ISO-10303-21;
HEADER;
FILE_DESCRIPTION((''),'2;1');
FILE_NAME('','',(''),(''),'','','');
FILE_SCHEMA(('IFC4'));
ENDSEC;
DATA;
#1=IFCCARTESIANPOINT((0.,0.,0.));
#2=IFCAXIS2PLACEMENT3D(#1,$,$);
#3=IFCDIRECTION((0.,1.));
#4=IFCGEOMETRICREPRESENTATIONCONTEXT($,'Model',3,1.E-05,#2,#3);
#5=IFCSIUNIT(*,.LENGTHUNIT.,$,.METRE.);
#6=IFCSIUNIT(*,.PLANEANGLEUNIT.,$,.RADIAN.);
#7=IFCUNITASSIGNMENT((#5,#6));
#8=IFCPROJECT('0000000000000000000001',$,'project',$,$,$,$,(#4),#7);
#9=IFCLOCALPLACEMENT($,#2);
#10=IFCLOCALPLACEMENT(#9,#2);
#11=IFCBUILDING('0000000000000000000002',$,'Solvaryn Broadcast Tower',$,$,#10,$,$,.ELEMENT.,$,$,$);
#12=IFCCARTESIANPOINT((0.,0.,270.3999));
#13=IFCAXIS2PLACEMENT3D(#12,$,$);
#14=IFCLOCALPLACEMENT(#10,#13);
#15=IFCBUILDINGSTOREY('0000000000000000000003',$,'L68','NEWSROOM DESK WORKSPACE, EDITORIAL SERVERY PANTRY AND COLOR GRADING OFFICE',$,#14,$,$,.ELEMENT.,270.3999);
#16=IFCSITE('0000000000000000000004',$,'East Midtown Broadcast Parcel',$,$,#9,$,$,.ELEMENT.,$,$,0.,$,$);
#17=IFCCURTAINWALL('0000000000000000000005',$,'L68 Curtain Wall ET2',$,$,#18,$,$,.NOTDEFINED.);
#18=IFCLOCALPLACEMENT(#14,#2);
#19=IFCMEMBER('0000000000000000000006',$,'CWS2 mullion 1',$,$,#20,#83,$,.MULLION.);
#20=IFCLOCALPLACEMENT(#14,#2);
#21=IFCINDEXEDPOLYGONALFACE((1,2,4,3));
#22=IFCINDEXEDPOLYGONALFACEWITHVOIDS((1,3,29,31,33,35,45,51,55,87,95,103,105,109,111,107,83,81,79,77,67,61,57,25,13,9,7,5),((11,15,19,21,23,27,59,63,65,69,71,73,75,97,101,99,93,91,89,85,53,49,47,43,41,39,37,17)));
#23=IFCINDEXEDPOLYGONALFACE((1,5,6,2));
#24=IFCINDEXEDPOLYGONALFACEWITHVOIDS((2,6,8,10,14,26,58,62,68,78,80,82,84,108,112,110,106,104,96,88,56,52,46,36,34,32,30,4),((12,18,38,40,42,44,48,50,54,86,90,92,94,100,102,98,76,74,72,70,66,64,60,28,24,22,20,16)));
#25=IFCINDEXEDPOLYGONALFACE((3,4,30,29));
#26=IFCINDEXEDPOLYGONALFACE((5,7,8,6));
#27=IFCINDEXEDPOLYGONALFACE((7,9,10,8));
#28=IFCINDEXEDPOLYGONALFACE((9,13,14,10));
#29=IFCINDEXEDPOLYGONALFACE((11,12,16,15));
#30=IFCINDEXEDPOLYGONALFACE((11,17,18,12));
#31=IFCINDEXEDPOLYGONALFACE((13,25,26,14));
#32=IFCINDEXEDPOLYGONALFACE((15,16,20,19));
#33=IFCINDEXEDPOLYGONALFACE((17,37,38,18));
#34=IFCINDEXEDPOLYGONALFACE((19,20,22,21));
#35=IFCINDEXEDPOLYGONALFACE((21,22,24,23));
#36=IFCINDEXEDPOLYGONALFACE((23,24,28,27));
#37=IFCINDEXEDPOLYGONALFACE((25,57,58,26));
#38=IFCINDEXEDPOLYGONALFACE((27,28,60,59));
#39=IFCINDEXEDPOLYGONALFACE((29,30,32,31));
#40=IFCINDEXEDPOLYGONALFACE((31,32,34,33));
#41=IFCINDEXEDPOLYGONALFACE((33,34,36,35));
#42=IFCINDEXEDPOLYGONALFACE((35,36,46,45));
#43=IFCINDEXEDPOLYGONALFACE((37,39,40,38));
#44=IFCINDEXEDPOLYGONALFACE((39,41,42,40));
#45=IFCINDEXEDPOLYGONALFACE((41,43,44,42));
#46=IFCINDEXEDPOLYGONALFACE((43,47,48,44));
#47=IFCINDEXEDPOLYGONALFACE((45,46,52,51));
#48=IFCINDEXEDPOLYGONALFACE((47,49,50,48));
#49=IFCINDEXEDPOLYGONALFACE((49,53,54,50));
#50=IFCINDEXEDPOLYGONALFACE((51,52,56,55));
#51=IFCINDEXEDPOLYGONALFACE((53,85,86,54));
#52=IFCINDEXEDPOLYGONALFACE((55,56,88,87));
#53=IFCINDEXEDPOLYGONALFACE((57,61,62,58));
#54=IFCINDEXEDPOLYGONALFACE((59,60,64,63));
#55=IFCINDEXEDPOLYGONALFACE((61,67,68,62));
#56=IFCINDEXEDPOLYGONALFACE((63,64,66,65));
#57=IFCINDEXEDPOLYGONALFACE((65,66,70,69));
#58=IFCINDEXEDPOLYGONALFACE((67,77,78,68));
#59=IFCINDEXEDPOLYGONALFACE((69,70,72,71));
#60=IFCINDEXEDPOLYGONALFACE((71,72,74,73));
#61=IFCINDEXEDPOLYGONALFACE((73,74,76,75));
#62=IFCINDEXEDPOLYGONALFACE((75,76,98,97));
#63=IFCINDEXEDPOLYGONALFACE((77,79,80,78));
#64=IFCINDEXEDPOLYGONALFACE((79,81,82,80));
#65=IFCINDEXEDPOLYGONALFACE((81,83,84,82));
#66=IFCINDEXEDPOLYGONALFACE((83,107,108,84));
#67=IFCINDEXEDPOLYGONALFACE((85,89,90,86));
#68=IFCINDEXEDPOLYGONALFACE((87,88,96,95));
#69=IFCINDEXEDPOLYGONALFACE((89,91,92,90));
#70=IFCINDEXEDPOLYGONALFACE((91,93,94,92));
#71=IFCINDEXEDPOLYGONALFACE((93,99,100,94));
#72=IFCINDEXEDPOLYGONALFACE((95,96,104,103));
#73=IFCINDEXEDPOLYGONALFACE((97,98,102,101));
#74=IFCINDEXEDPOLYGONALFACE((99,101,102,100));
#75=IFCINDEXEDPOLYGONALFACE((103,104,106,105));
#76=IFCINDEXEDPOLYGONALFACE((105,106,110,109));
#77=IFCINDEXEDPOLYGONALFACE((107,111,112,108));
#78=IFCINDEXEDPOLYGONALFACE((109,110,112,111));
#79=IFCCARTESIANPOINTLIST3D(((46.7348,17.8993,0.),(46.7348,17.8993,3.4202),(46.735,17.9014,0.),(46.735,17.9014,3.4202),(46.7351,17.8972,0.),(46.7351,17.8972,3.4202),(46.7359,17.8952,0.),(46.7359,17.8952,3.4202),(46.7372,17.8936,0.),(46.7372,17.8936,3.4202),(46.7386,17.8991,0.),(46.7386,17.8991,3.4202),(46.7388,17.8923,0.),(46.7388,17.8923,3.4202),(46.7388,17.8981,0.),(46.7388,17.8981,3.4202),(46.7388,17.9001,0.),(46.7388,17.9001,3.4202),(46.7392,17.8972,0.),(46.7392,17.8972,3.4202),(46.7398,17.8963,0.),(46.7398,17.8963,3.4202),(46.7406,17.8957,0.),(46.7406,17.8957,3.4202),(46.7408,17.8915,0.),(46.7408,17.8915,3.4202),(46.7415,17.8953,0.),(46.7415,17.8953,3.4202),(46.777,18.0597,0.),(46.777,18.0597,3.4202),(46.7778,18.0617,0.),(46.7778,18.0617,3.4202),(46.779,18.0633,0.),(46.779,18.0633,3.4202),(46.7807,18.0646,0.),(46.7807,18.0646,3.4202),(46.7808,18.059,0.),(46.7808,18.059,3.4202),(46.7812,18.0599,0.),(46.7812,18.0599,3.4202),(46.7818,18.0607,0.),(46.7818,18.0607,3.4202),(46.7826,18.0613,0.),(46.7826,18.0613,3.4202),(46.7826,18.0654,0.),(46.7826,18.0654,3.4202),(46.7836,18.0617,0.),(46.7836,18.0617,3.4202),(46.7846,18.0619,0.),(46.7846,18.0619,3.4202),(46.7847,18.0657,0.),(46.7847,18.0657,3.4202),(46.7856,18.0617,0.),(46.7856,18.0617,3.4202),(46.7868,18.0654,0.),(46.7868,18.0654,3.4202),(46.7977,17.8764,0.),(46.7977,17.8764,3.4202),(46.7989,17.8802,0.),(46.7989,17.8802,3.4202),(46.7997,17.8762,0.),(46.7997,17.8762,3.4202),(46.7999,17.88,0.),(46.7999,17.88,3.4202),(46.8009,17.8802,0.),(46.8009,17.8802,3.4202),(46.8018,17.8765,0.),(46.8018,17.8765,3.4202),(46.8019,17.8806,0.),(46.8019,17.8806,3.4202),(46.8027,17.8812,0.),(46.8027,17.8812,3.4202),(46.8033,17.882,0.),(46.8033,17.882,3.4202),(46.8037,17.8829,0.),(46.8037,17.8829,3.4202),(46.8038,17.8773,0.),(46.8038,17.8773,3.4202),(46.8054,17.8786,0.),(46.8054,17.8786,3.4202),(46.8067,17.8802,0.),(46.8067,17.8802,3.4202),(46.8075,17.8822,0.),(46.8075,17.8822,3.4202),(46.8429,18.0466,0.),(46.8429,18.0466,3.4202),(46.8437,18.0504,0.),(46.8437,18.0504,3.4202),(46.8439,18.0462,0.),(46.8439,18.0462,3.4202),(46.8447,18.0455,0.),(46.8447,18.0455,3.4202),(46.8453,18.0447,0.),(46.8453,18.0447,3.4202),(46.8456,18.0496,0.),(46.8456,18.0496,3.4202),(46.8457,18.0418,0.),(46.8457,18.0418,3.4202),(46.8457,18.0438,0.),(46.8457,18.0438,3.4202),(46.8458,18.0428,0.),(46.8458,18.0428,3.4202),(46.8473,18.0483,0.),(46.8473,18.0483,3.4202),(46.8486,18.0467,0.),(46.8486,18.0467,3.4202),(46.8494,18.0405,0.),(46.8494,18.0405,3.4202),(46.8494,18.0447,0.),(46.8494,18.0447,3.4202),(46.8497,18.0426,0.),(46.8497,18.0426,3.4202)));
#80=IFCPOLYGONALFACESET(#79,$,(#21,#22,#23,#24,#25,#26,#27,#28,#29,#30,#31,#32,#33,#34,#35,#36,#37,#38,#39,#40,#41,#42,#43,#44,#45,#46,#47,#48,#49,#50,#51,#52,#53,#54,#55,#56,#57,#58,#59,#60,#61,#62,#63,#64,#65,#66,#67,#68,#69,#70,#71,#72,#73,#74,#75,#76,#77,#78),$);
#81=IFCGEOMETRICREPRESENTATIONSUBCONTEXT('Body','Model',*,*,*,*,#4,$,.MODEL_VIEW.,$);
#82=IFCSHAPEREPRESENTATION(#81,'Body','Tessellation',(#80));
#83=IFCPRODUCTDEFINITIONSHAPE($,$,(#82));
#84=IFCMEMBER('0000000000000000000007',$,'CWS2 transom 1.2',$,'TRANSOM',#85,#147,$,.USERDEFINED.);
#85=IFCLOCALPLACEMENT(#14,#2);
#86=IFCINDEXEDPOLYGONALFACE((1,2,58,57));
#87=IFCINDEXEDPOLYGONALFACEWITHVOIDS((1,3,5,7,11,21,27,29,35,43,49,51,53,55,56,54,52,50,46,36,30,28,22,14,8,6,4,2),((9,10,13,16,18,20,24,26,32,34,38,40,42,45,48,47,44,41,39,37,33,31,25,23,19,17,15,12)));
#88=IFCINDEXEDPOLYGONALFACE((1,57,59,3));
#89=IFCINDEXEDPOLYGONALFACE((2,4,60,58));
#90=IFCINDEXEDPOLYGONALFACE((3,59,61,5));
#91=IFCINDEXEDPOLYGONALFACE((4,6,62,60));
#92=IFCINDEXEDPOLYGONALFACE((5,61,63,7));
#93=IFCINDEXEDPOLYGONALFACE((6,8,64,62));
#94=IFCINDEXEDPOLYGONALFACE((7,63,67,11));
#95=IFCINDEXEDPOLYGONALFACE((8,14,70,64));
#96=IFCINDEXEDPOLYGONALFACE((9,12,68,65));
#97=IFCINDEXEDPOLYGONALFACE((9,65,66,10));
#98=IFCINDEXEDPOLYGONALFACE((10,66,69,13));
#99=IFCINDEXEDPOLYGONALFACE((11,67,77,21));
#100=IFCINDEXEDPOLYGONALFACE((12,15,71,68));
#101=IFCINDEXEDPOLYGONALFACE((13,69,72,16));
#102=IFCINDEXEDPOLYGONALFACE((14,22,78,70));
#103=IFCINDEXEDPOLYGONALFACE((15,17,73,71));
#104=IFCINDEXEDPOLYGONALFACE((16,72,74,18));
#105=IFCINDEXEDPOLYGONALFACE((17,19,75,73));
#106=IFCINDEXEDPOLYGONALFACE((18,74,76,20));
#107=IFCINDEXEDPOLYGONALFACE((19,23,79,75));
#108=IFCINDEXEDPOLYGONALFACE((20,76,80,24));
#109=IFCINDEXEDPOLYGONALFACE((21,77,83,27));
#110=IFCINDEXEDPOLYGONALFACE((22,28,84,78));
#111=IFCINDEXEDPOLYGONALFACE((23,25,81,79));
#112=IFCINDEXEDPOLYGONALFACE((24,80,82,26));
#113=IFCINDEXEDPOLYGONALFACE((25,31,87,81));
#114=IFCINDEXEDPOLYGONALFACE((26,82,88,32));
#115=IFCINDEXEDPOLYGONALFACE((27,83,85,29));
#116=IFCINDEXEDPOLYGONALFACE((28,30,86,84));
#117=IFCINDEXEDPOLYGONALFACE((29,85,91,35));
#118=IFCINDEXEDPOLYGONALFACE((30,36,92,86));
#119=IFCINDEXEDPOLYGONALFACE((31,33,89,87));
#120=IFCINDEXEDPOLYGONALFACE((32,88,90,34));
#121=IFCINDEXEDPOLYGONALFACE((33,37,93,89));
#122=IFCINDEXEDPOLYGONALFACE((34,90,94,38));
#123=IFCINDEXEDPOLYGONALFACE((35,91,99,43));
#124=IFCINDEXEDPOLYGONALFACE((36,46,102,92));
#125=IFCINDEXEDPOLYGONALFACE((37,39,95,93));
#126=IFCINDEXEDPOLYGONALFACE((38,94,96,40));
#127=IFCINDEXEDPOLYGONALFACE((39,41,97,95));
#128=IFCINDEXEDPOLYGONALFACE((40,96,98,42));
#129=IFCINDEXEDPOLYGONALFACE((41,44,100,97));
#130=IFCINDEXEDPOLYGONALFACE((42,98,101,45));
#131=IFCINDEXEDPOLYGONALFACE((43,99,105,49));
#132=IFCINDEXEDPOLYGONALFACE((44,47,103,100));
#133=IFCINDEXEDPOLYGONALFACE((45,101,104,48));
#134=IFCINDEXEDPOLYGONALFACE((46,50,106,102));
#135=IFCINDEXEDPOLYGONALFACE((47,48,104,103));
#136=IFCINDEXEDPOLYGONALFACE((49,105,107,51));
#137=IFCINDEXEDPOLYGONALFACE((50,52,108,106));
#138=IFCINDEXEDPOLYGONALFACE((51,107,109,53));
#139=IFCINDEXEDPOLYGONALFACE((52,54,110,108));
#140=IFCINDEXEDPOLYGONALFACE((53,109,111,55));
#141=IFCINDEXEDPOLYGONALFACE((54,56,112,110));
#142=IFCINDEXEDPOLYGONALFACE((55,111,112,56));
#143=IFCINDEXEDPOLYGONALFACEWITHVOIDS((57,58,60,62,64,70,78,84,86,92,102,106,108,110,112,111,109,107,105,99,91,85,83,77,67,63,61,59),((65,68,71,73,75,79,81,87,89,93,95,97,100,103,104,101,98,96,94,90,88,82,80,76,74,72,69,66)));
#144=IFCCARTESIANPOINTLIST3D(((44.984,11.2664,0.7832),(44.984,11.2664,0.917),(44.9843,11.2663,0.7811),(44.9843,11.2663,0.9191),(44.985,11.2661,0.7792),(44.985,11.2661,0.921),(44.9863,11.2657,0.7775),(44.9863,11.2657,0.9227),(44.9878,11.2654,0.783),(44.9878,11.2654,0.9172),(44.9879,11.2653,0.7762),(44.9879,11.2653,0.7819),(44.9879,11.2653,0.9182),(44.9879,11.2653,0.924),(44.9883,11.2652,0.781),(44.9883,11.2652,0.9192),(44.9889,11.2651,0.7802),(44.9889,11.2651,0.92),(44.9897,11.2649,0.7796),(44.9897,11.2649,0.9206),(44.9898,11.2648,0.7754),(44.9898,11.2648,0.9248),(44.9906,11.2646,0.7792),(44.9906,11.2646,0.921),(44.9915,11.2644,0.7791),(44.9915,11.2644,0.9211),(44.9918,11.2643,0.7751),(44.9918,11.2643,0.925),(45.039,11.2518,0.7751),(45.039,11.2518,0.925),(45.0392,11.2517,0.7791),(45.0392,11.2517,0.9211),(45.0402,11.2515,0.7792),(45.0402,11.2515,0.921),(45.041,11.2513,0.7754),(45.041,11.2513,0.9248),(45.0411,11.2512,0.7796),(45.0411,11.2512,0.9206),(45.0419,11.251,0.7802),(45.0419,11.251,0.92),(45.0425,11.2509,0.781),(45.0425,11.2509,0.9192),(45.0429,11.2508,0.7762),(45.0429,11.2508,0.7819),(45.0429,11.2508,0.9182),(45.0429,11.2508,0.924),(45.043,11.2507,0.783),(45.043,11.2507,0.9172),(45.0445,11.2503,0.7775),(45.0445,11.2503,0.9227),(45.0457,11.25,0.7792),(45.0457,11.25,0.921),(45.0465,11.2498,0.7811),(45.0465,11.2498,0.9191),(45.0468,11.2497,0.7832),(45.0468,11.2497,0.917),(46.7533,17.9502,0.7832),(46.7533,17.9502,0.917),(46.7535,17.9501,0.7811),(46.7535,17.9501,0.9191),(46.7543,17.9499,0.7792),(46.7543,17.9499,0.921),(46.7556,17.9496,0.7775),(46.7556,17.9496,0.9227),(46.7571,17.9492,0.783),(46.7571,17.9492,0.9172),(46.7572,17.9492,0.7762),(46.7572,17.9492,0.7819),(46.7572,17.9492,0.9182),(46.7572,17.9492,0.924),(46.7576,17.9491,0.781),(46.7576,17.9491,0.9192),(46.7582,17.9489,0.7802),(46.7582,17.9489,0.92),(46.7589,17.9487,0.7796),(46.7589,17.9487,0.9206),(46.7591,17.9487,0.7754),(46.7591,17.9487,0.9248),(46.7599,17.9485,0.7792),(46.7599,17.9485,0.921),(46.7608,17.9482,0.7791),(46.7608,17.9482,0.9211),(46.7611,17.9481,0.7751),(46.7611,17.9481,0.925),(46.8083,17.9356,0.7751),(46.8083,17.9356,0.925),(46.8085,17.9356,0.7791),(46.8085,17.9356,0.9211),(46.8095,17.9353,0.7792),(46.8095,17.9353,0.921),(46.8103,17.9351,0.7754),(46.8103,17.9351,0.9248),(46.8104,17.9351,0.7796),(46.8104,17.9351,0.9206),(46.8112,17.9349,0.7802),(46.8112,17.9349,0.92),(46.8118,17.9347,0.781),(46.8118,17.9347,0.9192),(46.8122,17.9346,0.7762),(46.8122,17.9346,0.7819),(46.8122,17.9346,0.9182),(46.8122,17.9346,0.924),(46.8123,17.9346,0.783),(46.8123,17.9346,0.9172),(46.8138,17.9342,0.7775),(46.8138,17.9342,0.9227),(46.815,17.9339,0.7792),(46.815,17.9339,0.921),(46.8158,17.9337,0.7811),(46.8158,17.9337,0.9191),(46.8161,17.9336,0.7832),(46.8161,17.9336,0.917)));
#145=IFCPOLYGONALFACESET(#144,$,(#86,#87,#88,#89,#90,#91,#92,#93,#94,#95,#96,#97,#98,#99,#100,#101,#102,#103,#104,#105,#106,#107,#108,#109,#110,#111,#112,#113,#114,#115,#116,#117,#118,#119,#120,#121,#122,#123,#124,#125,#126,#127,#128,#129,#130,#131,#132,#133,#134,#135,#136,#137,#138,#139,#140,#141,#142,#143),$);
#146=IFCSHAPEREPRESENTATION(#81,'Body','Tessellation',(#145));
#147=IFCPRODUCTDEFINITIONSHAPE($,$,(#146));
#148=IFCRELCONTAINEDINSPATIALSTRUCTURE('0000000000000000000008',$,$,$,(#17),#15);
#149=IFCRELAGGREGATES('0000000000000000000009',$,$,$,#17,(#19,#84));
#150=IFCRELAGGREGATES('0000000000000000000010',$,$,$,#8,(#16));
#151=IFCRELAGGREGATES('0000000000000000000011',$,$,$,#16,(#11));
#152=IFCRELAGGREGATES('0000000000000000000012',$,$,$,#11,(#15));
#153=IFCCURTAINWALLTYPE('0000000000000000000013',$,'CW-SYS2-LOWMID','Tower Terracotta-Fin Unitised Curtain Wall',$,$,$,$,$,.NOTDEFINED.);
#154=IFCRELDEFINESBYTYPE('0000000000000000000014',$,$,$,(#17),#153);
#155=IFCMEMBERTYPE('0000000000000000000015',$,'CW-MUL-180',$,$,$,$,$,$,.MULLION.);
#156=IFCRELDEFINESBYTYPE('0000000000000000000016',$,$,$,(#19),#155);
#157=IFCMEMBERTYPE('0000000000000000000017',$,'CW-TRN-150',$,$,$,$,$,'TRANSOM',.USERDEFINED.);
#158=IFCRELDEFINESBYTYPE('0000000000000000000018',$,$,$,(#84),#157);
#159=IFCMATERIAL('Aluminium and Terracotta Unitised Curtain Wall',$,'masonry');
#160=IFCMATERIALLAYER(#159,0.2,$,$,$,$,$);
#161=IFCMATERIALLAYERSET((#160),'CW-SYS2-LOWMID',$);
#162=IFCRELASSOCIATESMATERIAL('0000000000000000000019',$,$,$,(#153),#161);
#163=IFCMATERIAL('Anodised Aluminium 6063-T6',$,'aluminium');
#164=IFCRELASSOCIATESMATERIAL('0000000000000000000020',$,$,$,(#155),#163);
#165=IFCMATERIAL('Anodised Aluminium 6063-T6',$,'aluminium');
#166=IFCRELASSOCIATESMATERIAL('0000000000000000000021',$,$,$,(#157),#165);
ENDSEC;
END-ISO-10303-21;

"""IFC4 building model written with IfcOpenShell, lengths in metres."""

from ifc_helpers import new_model, si_unit, direction, frame, origin, origin_2d, place, context, subcontext, project, spatial, hollow_rectangle, extrude, material, layer, layer_set, material_profile, profile_set, type_object, element, aggregate, save


model = new_model("IFC4")

# Units and contexts
model_context = context("Model", 3, precision=1e-05, world=origin(), true_north=direction((0.0, 1.0)))
body_context = subcontext(model_context, "Body", "Model", "MODEL_VIEW")
ifc_project = project(units=[si_unit("LENGTHUNIT", "METRE"), si_unit("PLANEANGLEUNIT", "RADIAN")], contexts=[model_context])

# Site, building, storey
site_placement = place(None, origin())
site = spatial("IfcSite", under=ifc_project, at=site_placement, Name="East Midtown Broadcast Parcel", CompositionType="ELEMENT", RefElevation=0.0)
building_placement = place(site_placement, origin())
building = spatial("IfcBuilding", under=site, at=building_placement, Name="Solvaryn Broadcast Tower", CompositionType="ELEMENT")
storey_placement = place(building_placement, frame((0.0, 0.0, 270.3999)))
storey = spatial("IfcBuildingStorey", under=building, at=storey_placement, Name="L68", Description="NEWSROOM DESK WORKSPACE, EDITORIAL SERVERY PANTRY AND COLOR GRADING OFFICE", CompositionType="ELEMENT", Elevation=270.3999)

# Shared definitions
ifc_material_1 = material(Name="Aluminium and Terracotta Unitised Curtain Wall", Category="masonry")
ifc_layer_1 = layer(ifc_material_1, 0.2)
ifc_layer_set_1 = layer_set([ifc_layer_1], Name="CW-SYS2-LOWMID")
curtain_wall_type = type_object("IfcCurtainWallType", Name="CW-SYS2-LOWMID", Description="Tower Terracotta-Fin Unitised Curtain Wall", PredefinedType="NOTDEFINED", material=ifc_layer_set_1)
ifc_material_2 = material(Name="Anodised Aluminium 6063-T6", Category="aluminium")
ifc_material_profile_1 = material_profile(ifc_material_2, hollow_rectangle(XDim=0.075, YDim=0.1799, WallThickness=0.0039, InnerFilletRadius=0.0039, OuterFilletRadius=0.0081, at=origin_2d()))
ifc_profile_set_1 = profile_set([ifc_material_profile_1], Name="Anodised Aluminium 6063-T6")
member_type_1 = type_object("IfcMemberType", Name="CW-MUL-180", PredefinedType="MULLION", material=ifc_profile_set_1)

# Curtain wall, members
curtain_wall_1_placement = place(storey_placement, origin())
curtain_wall_1 = element("IfcCurtainWall", 1, at=curtain_wall_1_placement, inside=storey, type_object=curtain_wall_type, Name="L68 Curtain Wall ET2", PredefinedType="NOTDEFINED")
member_1_placement = place(storey_placement, frame((46.7922, 17.9709, 0.0), z_axis=(0.0, 0.0, 1.0), x_axis=(0.966705, -0.255893, 0.0)))
member_1 = element("IfcMember", 2, at=member_1_placement, type_object=member_type_1, Name="CWS2 mullion 1", PredefinedType="MULLION", context=body_context, shape_type="SweptSolid", body=[
    extrude(hollow_rectangle(XDim=0.075, YDim=0.1799, WallThickness=0.0039, InnerFilletRadius=0.0039, OuterFilletRadius=0.0081, at=origin_2d()), origin(), (0.0, 0.0, 1.0), 3.4202),
])
ifc_material_3 = material(Name="Anodised Aluminium 6063-T6", Category="aluminium")
ifc_material_profile_2 = material_profile(ifc_material_3, hollow_rectangle(XDim=0.0649, YDim=0.1499, WallThickness=0.0039, InnerFilletRadius=0.0039, OuterFilletRadius=0.0081, at=origin_2d()))
ifc_profile_set_2 = profile_set([ifc_material_profile_2], Name="Anodised Aluminium 6063-T6")
member_type_2 = type_object("IfcMemberType", Name="CW-TRN-150", ElementType="TRANSOM", PredefinedType="USERDEFINED", material=ifc_profile_set_2)
member_2_placement = place(storey_placement, frame((46.7847, 17.9419, 0.8501), z_axis=(-0.255897, -0.966704, 0.0), x_axis=(0.966704, -0.255897, 0.0)))
member_2 = element("IfcMember", 3, at=member_2_placement, type_object=member_type_2, Name="CWS2 transom 1.2", ObjectType="TRANSOM", PredefinedType="USERDEFINED", context=body_context, shape_type="SweptSolid", body=[
    extrude(hollow_rectangle(XDim=0.0649, YDim=0.1499, WallThickness=0.0039, InnerFilletRadius=0.0039, OuterFilletRadius=0.0081, at=origin_2d()), origin(), (0.0, 0.0, 1.0), 6.9141),
])
aggregate(curtain_wall_1, [member_1, member_2])

save(model, "model.ifc")
